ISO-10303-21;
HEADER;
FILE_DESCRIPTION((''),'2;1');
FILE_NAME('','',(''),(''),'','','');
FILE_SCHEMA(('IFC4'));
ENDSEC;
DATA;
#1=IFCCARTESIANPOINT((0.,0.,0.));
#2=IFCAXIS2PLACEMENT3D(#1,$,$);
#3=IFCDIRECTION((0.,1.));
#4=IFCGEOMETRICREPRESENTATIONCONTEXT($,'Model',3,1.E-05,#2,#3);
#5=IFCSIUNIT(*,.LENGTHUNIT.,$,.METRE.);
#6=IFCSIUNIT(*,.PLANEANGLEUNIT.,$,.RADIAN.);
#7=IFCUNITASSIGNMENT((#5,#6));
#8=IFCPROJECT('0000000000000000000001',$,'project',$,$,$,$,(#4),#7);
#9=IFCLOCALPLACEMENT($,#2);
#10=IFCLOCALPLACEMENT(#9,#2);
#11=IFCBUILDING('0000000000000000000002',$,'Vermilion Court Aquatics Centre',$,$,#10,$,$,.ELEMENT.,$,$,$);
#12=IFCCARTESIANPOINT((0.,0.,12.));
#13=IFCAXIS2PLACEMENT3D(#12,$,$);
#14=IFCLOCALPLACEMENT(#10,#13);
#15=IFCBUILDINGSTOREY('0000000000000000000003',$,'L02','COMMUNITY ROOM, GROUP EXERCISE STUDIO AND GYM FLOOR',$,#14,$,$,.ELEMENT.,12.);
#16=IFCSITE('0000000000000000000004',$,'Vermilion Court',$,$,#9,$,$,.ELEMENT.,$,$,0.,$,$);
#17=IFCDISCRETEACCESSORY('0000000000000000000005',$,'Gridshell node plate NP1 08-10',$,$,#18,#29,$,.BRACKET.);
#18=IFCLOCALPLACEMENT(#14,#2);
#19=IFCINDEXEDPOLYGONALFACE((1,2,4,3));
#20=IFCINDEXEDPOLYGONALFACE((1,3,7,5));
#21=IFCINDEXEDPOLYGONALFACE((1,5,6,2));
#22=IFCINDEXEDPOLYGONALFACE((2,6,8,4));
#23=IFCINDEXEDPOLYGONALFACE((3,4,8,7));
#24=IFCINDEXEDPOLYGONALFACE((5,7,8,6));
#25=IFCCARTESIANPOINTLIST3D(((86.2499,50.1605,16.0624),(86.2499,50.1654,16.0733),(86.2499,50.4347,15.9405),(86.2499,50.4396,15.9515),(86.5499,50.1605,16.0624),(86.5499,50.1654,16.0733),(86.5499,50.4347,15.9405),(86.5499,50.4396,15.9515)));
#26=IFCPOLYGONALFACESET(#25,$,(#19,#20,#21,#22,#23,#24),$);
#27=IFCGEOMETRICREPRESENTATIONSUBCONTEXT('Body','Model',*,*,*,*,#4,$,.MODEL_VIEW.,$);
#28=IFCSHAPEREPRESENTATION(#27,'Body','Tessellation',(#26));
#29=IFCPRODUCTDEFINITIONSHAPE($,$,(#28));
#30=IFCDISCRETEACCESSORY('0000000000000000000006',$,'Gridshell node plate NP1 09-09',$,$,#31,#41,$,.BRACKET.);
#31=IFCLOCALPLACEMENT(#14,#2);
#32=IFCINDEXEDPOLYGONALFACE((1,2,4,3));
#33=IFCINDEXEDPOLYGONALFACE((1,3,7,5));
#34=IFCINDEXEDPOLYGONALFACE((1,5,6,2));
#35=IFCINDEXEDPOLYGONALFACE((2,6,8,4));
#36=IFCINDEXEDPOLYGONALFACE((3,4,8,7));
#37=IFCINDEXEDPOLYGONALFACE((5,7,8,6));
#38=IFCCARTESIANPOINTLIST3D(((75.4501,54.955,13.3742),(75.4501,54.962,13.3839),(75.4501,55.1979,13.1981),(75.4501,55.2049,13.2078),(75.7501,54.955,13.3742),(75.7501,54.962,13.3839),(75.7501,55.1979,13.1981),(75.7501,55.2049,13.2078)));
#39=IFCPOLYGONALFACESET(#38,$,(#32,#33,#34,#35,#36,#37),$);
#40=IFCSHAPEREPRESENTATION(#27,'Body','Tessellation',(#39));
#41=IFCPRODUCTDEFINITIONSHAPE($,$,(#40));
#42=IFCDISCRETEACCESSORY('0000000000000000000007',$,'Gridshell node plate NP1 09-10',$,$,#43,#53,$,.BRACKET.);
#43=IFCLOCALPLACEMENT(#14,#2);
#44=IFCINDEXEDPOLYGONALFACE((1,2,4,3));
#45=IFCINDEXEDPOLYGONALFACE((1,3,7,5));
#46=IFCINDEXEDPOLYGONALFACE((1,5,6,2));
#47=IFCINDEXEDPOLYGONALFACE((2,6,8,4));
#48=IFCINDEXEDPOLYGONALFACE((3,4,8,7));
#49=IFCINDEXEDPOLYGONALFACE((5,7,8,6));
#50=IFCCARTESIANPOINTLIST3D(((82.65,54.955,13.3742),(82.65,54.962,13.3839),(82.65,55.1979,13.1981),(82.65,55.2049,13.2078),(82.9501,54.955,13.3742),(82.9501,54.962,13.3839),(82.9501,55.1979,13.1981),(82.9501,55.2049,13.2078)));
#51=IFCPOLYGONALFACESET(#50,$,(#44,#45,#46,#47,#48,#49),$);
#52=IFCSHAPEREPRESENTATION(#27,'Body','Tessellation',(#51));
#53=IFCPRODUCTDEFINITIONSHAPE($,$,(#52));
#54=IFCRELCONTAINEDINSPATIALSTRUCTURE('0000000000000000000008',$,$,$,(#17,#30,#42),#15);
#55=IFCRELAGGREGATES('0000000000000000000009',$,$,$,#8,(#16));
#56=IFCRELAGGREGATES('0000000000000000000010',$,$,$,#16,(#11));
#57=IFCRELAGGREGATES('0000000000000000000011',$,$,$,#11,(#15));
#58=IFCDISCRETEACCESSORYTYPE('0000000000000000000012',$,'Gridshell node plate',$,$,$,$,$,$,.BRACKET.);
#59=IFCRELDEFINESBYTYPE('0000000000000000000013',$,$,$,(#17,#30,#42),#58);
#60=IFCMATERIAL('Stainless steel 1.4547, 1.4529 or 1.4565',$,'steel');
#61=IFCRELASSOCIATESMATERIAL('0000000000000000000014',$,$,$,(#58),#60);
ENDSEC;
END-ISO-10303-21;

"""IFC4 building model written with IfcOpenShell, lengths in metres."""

from ifc_helpers import new_model, si_unit, direction, frame, origin, origin_2d, place, context, subcontext, project, spatial, rectangle, extrude, material, material_profile, profile_set, type_object, element, save


model = new_model("IFC4")

# Units and contexts
model_context = context("Model", 3, precision=1e-05, world=origin(), true_north=direction((0.0, 1.0)))
body_context = subcontext(model_context, "Body", "Model", "MODEL_VIEW")
ifc_project = project(units=[si_unit("LENGTHUNIT", "METRE"), si_unit("PLANEANGLEUNIT", "RADIAN")], contexts=[model_context])

# Site, building, storey
site_placement = place(None, origin())
site = spatial("IfcSite", under=ifc_project, at=site_placement, Name="Vermilion Court", CompositionType="ELEMENT", RefElevation=0.0)
building_placement = place(site_placement, origin())
building = spatial("IfcBuilding", under=site, at=building_placement, Name="Vermilion Court Aquatics Centre", CompositionType="ELEMENT")
storey_placement = place(building_placement, frame((0.0, 0.0, 12.0)))
storey = spatial("IfcBuildingStorey", under=building, at=storey_placement, Name="L02", Description="COMMUNITY ROOM, GROUP EXERCISE STUDIO AND GYM FLOOR", CompositionType="ELEMENT", Elevation=12.0)

# Discrete accessories
ifc_material_1 = material(Name="Stainless steel 1.4547, 1.4529 or 1.4565", Category="steel")
ifc_material_profile_1 = material_profile(ifc_material_1, rectangle(XDim=0.3, YDim=0.3, at=origin_2d()), Name="PL 12 x 300 x 300")
ifc_profile_set_1 = profile_set([ifc_material_profile_1], Name="Stainless steel 1.4547, 1.4529 or 1.4565")
discrete_accessory_type = type_object("IfcDiscreteAccessoryType", Name="Gridshell node plate", PredefinedType="BRACKET", material=ifc_profile_set_1)
for number, where, z_axis, x_axis, name in (
    (1, (86.3999, 50.2976, 16.0015), (0.0, 0.406138, 0.913812), (-1.0, 0.0, 0.0), "Gridshell node plate NP1 08-10"),
    (2, (75.6001, 55.0764, 13.2861), (0.0, 0.586968, 0.80961), (-1.0, 0.0, 0.0), "Gridshell node plate NP1 09-09"),
    (3, (82.8, 55.0764, 13.2861), (0.0, 0.586968, 0.80961), (-1.0, 0.0, 0.0), "Gridshell node plate NP1 09-10"),
):
    element("IfcDiscreteAccessory", number, at=place(storey_placement, frame(where, z_axis=z_axis, x_axis=x_axis)), inside=storey, type_object=discrete_accessory_type, Name=name, PredefinedType="BRACKET", context=body_context, shape_type="SweptSolid", body=[
        extrude(rectangle(XDim=0.3, YDim=0.3, at=origin_2d()), origin(), (0.0, 0.0, 1.0), 0.012),
    ])

save(model, "model.ifc")
